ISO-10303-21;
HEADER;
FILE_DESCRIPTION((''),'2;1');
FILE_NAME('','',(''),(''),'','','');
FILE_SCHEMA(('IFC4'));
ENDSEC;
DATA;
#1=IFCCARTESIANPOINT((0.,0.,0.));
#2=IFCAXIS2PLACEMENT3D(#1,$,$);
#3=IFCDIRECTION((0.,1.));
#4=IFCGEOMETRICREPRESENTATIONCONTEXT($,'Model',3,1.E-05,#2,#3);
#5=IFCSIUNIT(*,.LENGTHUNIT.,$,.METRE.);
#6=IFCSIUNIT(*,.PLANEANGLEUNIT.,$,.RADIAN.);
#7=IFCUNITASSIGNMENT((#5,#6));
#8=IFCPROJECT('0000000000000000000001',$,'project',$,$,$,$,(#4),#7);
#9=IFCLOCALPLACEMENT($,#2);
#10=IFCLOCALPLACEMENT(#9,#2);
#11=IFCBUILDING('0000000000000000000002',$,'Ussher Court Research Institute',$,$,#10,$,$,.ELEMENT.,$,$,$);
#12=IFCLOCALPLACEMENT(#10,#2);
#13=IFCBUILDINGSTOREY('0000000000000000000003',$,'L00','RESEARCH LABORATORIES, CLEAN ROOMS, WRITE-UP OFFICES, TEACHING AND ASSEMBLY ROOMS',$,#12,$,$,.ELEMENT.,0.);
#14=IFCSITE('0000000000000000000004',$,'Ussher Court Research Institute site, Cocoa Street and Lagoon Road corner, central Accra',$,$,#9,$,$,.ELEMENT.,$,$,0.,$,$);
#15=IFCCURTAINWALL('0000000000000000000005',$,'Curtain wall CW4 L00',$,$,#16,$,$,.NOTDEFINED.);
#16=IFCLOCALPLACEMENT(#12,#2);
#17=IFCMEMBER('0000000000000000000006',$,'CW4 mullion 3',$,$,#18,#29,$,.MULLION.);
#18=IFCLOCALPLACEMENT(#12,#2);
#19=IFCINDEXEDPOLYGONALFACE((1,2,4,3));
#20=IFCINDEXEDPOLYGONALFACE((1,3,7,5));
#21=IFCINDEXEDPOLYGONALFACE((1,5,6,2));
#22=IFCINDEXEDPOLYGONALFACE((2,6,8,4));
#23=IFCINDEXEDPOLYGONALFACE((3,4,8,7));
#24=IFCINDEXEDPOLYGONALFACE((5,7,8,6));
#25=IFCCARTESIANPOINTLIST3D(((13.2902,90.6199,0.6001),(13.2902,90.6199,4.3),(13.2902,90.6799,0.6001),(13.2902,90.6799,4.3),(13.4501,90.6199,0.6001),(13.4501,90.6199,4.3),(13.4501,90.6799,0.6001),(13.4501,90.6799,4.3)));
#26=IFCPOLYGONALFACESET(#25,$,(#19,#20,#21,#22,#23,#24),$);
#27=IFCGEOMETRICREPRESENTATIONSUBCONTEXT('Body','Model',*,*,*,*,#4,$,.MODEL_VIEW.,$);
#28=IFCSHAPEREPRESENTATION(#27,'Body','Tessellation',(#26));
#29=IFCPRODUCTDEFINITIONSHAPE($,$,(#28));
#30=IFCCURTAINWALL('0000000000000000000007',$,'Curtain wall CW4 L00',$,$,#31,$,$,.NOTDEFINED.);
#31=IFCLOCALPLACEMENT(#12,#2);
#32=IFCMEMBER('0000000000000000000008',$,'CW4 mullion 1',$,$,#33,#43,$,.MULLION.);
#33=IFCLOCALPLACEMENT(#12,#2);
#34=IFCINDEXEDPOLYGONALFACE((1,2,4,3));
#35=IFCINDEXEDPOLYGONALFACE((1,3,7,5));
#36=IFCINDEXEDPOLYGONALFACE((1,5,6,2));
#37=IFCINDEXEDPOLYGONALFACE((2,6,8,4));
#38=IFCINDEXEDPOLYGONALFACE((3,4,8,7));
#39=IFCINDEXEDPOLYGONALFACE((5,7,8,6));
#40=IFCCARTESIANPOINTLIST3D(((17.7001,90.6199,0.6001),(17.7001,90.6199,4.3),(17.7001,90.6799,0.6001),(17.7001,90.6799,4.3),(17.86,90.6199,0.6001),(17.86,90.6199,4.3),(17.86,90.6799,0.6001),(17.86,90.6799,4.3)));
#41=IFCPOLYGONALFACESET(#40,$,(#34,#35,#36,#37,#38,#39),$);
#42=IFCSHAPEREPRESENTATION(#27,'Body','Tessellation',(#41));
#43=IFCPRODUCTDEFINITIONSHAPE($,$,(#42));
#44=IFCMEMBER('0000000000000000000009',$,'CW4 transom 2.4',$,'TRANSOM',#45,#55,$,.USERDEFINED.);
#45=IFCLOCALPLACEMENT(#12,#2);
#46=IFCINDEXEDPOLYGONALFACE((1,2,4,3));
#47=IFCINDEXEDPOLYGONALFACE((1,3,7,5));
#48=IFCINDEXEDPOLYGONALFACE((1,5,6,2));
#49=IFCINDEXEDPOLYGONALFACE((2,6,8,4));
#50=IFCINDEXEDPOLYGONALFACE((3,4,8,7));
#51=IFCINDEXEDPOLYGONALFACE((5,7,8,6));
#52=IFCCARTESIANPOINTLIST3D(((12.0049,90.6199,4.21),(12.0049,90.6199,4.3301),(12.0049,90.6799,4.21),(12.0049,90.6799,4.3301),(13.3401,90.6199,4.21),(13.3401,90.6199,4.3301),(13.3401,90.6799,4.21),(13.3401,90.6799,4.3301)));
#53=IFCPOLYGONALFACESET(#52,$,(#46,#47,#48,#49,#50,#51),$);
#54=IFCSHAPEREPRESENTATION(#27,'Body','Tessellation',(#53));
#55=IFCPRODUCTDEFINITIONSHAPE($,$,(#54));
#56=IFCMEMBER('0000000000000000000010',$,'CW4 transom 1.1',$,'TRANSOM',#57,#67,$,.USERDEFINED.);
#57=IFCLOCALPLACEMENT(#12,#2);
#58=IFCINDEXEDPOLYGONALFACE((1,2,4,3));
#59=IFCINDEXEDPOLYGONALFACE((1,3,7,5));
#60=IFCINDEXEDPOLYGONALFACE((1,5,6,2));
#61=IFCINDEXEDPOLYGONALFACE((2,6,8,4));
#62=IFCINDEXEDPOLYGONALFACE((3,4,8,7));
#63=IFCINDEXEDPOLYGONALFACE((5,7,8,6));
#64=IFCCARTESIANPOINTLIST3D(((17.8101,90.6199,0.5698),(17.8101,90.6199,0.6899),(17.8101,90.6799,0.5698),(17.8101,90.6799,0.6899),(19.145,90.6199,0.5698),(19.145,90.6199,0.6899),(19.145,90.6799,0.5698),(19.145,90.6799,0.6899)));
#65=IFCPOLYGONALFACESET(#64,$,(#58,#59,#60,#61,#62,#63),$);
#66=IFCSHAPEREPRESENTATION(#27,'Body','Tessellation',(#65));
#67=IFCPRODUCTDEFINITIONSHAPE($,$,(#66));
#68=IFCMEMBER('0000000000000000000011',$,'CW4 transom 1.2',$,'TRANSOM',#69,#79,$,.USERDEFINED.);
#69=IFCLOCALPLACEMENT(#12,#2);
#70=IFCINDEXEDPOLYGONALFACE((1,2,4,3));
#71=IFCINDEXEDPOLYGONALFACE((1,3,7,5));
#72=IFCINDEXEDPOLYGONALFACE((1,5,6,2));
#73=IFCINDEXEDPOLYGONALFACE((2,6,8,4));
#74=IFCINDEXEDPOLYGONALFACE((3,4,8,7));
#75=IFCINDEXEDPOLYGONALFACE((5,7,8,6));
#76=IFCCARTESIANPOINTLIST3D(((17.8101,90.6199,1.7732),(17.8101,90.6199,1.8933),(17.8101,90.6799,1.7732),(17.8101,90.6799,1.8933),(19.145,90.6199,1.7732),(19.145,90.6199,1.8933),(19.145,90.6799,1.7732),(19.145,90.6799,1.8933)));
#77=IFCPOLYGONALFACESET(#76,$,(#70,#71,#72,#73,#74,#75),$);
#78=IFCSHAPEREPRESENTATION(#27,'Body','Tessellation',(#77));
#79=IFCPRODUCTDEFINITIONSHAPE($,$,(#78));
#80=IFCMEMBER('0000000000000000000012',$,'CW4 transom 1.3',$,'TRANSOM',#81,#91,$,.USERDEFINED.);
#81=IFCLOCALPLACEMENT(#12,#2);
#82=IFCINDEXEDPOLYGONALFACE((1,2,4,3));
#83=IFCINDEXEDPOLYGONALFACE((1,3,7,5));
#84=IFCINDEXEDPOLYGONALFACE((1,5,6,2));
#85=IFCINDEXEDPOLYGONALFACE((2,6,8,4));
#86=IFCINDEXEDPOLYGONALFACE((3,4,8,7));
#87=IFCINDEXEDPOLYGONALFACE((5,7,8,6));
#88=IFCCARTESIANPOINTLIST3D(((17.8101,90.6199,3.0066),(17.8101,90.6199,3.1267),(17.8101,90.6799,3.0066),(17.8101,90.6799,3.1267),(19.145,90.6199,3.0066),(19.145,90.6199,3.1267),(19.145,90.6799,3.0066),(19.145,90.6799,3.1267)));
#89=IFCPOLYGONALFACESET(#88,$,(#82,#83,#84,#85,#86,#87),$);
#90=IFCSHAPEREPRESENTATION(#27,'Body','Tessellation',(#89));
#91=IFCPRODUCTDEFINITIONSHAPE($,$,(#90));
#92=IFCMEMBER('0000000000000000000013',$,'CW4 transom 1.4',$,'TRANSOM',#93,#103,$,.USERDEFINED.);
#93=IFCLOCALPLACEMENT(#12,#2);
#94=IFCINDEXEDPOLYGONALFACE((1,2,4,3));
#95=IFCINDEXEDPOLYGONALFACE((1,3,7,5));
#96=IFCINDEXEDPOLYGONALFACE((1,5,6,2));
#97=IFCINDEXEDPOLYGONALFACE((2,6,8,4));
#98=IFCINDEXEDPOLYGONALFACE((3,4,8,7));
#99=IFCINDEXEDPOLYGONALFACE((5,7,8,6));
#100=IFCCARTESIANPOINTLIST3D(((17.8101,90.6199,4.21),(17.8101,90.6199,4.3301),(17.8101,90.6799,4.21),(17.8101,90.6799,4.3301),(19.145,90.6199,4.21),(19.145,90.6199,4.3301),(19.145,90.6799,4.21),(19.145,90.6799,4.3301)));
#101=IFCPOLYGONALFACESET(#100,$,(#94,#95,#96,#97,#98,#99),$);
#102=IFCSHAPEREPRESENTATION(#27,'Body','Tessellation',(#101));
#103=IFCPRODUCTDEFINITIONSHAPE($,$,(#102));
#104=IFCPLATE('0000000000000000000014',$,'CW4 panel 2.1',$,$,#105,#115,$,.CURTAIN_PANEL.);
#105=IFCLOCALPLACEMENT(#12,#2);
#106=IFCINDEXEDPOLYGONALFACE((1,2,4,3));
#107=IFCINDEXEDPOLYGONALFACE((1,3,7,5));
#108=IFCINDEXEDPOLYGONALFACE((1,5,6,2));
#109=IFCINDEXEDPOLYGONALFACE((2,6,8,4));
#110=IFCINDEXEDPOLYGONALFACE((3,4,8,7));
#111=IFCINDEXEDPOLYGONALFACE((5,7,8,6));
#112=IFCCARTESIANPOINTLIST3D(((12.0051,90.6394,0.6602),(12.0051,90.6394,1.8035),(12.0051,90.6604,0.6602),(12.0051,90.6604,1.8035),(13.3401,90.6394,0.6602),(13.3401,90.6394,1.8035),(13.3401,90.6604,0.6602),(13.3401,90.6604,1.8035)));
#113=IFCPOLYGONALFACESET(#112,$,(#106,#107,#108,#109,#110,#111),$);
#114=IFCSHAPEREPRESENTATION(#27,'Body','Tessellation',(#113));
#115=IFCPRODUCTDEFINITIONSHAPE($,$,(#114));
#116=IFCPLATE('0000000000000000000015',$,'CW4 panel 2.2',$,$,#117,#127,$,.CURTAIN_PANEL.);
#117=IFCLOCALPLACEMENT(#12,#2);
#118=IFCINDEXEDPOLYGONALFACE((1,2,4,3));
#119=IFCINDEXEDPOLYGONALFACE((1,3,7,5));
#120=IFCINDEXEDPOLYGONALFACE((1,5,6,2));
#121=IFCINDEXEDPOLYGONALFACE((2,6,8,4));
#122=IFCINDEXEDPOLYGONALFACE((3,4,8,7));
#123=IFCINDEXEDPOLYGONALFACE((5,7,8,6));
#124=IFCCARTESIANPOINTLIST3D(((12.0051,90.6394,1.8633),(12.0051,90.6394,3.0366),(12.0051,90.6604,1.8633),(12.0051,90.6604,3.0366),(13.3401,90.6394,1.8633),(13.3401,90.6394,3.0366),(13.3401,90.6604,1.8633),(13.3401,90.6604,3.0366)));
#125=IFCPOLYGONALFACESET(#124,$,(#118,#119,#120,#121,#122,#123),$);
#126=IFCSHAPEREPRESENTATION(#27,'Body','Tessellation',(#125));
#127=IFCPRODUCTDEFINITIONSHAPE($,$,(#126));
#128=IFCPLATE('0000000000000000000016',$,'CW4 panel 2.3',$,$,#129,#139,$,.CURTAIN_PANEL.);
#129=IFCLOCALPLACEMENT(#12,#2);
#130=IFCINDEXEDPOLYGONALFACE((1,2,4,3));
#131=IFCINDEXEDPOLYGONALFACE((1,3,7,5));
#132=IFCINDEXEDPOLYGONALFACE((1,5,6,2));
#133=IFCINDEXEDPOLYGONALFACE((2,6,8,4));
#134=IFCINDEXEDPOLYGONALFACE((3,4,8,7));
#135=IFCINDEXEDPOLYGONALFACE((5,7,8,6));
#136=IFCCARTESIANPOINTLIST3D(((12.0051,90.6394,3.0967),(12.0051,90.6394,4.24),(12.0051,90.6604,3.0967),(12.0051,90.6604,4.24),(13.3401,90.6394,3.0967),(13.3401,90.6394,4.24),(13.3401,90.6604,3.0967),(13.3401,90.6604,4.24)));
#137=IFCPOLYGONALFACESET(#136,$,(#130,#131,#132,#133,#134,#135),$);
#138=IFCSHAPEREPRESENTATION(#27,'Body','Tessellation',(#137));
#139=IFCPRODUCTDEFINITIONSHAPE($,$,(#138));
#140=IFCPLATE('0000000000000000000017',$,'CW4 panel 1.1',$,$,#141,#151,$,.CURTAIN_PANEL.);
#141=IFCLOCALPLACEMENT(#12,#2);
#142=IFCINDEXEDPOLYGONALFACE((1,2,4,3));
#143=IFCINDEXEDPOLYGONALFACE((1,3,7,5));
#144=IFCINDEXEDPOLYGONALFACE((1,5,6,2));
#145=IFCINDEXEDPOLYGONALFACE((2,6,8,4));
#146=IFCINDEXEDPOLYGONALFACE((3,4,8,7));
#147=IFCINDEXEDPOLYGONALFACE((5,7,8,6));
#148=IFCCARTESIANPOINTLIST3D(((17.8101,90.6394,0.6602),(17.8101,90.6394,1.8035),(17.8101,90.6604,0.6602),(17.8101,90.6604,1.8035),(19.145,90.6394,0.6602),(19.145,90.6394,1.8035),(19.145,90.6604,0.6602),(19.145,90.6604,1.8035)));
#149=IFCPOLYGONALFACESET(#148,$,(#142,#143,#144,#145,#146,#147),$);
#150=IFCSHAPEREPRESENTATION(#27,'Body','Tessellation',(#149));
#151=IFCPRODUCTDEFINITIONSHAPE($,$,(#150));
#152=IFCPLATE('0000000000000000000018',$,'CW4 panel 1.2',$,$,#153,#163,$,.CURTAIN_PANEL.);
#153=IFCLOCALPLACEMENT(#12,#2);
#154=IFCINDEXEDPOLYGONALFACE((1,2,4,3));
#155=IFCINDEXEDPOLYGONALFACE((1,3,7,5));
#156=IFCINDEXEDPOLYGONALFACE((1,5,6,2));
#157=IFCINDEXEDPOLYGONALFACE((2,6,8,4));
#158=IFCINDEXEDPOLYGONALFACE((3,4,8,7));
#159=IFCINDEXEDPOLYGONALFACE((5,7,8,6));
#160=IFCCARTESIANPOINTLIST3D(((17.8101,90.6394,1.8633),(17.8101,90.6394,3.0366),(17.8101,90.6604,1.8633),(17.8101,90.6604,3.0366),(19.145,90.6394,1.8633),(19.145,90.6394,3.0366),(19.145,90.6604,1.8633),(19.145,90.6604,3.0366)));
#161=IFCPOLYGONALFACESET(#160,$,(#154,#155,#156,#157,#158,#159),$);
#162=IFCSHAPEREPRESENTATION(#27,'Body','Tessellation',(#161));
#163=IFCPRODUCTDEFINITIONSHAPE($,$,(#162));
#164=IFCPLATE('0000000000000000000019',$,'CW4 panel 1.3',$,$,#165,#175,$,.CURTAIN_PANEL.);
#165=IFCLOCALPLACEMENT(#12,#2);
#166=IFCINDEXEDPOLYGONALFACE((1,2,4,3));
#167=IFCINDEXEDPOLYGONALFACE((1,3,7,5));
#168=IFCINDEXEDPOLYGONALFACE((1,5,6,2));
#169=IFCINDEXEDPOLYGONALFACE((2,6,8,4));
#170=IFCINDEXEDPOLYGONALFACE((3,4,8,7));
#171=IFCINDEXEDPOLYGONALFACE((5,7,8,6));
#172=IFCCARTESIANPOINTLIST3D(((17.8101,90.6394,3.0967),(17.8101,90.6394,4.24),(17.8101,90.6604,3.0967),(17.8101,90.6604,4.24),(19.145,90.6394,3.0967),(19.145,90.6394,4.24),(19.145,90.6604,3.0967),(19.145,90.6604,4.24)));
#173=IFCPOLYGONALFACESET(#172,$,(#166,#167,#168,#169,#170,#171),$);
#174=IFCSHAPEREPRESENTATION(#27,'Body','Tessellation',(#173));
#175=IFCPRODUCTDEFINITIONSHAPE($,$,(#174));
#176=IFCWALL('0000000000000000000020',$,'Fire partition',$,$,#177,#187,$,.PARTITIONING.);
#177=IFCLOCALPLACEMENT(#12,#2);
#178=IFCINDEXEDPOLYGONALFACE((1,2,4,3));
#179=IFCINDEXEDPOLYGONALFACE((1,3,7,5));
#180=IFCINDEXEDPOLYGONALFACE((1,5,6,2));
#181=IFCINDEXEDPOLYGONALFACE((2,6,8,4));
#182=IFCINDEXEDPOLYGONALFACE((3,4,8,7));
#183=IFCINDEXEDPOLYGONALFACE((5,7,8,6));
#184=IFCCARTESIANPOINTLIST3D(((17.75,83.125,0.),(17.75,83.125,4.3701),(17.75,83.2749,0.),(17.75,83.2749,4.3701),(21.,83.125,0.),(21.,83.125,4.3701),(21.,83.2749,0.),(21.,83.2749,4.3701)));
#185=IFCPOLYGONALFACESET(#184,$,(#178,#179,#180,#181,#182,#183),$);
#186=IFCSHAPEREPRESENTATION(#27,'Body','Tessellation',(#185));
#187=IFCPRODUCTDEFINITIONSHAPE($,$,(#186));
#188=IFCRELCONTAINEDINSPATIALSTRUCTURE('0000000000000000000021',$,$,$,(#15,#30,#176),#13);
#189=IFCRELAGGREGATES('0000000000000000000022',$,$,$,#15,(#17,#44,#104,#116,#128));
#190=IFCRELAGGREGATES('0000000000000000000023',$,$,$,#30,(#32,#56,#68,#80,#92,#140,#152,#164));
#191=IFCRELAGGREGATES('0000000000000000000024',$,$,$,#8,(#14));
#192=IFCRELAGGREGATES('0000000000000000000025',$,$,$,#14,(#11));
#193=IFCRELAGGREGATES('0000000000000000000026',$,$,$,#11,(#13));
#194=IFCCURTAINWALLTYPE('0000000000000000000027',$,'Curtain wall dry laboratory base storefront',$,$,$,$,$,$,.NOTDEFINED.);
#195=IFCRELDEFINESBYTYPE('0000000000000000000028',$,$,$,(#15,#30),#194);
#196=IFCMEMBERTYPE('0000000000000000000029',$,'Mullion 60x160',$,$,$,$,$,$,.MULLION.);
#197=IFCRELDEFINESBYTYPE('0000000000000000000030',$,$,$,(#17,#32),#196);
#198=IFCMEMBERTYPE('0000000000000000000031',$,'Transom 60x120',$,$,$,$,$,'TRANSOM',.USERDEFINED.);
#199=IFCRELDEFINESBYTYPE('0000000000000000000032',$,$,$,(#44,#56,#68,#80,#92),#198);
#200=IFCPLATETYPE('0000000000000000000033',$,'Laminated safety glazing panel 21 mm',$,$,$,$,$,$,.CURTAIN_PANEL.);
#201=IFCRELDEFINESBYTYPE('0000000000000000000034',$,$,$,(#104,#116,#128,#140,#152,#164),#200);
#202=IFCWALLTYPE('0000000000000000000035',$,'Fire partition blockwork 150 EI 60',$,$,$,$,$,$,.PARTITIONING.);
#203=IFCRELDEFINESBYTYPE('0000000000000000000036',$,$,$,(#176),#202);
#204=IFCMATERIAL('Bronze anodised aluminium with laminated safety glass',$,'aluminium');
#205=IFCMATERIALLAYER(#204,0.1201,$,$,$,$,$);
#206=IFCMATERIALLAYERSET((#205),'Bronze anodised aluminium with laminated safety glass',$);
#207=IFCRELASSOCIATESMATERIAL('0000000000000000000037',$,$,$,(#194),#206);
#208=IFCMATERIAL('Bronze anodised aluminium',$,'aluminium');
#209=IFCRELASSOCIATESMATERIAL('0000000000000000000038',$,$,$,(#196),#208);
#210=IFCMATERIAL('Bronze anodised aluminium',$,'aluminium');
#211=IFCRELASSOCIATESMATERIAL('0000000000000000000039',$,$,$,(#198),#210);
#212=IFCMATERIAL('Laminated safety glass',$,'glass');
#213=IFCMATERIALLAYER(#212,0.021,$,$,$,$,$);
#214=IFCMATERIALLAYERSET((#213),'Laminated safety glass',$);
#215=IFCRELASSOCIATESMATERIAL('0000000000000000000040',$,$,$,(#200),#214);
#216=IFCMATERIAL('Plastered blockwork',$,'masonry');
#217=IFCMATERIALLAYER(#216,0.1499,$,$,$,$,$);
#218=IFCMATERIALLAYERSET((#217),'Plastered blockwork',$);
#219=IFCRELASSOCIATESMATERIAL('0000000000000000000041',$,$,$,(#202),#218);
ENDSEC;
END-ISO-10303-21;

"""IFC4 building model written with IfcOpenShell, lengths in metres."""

from ifc_helpers import new_model, si_unit, direction, frame, frame_2d, origin, origin_2d, place, context, subcontext, project, spatial, rectangle, extrude, material, layer, layer_set, material_profile, profile_set, type_object, element, aggregate, save


model = new_model("IFC4")

# Units and contexts
model_context = context("Model", 3, precision=1e-05, world=origin(), true_north=direction((0.0, 1.0)))
body_context = subcontext(model_context, "Body", "Model", "MODEL_VIEW")
ifc_project = project(units=[si_unit("LENGTHUNIT", "METRE"), si_unit("PLANEANGLEUNIT", "RADIAN")], contexts=[model_context])

# Site, building, storey
site_placement = place(None, origin())
site = spatial("IfcSite", under=ifc_project, at=site_placement, Name="Ussher Court Research Institute site, Cocoa Street and Lagoon Road corner, central Accra", CompositionType="ELEMENT", RefElevation=0.0)
building_placement = place(site_placement, origin())
building = spatial("IfcBuilding", under=site, at=building_placement, Name="Ussher Court Research Institute", CompositionType="ELEMENT")
storey_placement = place(building_placement, origin())
storey = spatial("IfcBuildingStorey", under=building, at=storey_placement, Name="L00", Description="RESEARCH LABORATORIES, CLEAN ROOMS, WRITE-UP OFFICES, TEACHING AND ASSEMBLY ROOMS", CompositionType="ELEMENT", Elevation=0.0)

# Curtain walls, members
ifc_material_1 = material(Name="Bronze anodised aluminium with laminated safety glass", Category="aluminium")
ifc_layer_1 = layer(ifc_material_1, 0.1201)
ifc_layer_set_1 = layer_set([ifc_layer_1], Name="Bronze anodised aluminium with laminated safety glass")
curtain_wall_type = type_object("IfcCurtainWallType", Name="Curtain wall dry laboratory base storefront", PredefinedType="NOTDEFINED", material=ifc_layer_set_1)
curtain_wall_1_placement = place(storey_placement, origin())
curtain_wall_1 = element("IfcCurtainWall", 1, at=curtain_wall_1_placement, inside=storey, type_object=curtain_wall_type, Name="Curtain wall CW4 L00", PredefinedType="NOTDEFINED")
ifc_material_2 = material(Name="Bronze anodised aluminium", Category="aluminium")
ifc_material_profile_1 = material_profile(ifc_material_2, rectangle(XDim=0.0601, YDim=0.1599, at=origin_2d()), Name="Mullion 60x160")
ifc_profile_set_1 = profile_set([ifc_material_profile_1], Name="Bronze anodised aluminium")
member_type_1 = type_object("IfcMemberType", Name="Mullion 60x160", PredefinedType="MULLION", material=ifc_profile_set_1)
member_1_placement = place(storey_placement, frame((13.3701, 90.6499, 0.6001), z_axis=(0.0, 0.0, 1.0), x_axis=(0.0, 1.0, 0.0)))
member_1 = element("IfcMember", 2, at=member_1_placement, type_object=member_type_1, Name="CW4 mullion 3", PredefinedType="MULLION", context=body_context, shape_type="SweptSolid", body=[
    extrude(rectangle(XDim=0.0601, YDim=0.1599, at=origin_2d()), origin(), (0.0, 0.0, 1.0), 3.7),
])
curtain_wall_2_placement = place(storey_placement, origin())
curtain_wall_2 = element("IfcCurtainWall", 3, at=curtain_wall_2_placement, inside=storey, type_object=curtain_wall_type, Name="Curtain wall CW4 L00", PredefinedType="NOTDEFINED")
member_2_placement = place(storey_placement, frame((17.78, 90.6499, 0.6001), z_axis=(0.0, 0.0, 1.0), x_axis=(0.0, 1.0, 0.0)))
member_2 = element("IfcMember", 4, at=member_2_placement, type_object=member_type_1, Name="CW4 mullion 1", PredefinedType="MULLION", context=body_context, shape_type="SweptSolid", body=[
    extrude(rectangle(XDim=0.0601, YDim=0.1599, at=origin_2d()), origin(), (0.0, 0.0, 1.0), 3.7),
])

# Members
ifc_material_3 = material(Name="Bronze anodised aluminium", Category="aluminium")
ifc_material_profile_2 = material_profile(ifc_material_3, rectangle(XDim=0.0601, YDim=0.1201, at=origin_2d()), Name="Transom 60x120")
ifc_profile_set_2 = profile_set([ifc_material_profile_2], Name="Bronze anodised aluminium")
member_type_2 = type_object("IfcMemberType", Name="Transom 60x120", ElementType="TRANSOM", PredefinedType="USERDEFINED", material=ifc_profile_set_2)
member_3_placement = place(storey_placement, frame((12.0049, 90.6499, 4.27), z_axis=(1.0, 0.0, 0.0), x_axis=(0.0, 1.0, 0.0)))
member_3 = element("IfcMember", 5, at=member_3_placement, type_object=member_type_2, Name="CW4 transom 2.4", ObjectType="TRANSOM", PredefinedType="USERDEFINED", context=body_context, shape_type="SweptSolid", body=[
    extrude(rectangle(XDim=0.0601, YDim=0.1201, at=origin_2d()), origin(), (0.0, 0.0, 1.0), 1.3352),
])
member_4_placement = place(storey_placement, frame((17.8101, 90.6499, 0.6299), z_axis=(1.0, 0.0, 0.0), x_axis=(0.0, 1.0, 0.0)))
member_4 = element("IfcMember", 6, at=member_4_placement, type_object=member_type_2, Name="CW4 transom 1.1", ObjectType="TRANSOM", PredefinedType="USERDEFINED", context=body_context, shape_type="SweptSolid", body=[
    extrude(rectangle(XDim=0.0601, YDim=0.1201, at=origin_2d()), origin(), (0.0, 0.0, 1.0), 1.335),
])
member_5_placement = place(storey_placement, frame((17.8101, 90.6499, 1.8333), z_axis=(1.0, 0.0, 0.0), x_axis=(0.0, 1.0, 0.0)))
member_5 = element("IfcMember", 7, at=member_5_placement, type_object=member_type_2, Name="CW4 transom 1.2", ObjectType="TRANSOM", PredefinedType="USERDEFINED", context=body_context, shape_type="SweptSolid", body=[
    extrude(rectangle(XDim=0.0601, YDim=0.1201, at=origin_2d()), origin(), (0.0, 0.0, 1.0), 1.335),
])
member_6_placement = place(storey_placement, frame((17.8101, 90.6499, 3.0667), z_axis=(1.0, 0.0, 0.0), x_axis=(0.0, 1.0, 0.0)))
member_6 = element("IfcMember", 8, at=member_6_placement, type_object=member_type_2, Name="CW4 transom 1.3", ObjectType="TRANSOM", PredefinedType="USERDEFINED", context=body_context, shape_type="SweptSolid", body=[
    extrude(rectangle(XDim=0.0601, YDim=0.1201, at=origin_2d()), origin(), (0.0, 0.0, 1.0), 1.335),
])
member_7_placement = place(storey_placement, frame((17.8101, 90.6499, 4.27), z_axis=(1.0, 0.0, 0.0), x_axis=(0.0, 1.0, 0.0)))
member_7 = element("IfcMember", 9, at=member_7_placement, type_object=member_type_2, Name="CW4 transom 1.4", ObjectType="TRANSOM", PredefinedType="USERDEFINED", context=body_context, shape_type="SweptSolid", body=[
    extrude(rectangle(XDim=0.0601, YDim=0.1201, at=origin_2d()), origin(), (0.0, 0.0, 1.0), 1.335),
])

# Plates
ifc_material_4 = material(Name="Laminated safety glass", Category="glass")
ifc_layer_2 = layer(ifc_material_4, 0.021)
ifc_layer_set_2 = layer_set([ifc_layer_2], Name="Laminated safety glass")
plate_type = type_object("IfcPlateType", Name="Laminated safety glazing panel 21 mm", PredefinedType="CURTAIN_PANEL", material=ifc_layer_set_2)
plate_1_placement = place(storey_placement, frame((12.6726, 90.6499, 0.6602), z_axis=(0.0, 0.0, 1.0), x_axis=(1.0, 0.0, 0.0)))
plate_1 = element("IfcPlate", 10, at=plate_1_placement, type_object=plate_type, Name="CW4 panel 2.1", PredefinedType="CURTAIN_PANEL", context=body_context, shape_type="SweptSolid", body=[
    extrude(rectangle(XDim=1.335, YDim=0.021, at=origin_2d()), origin(), (0.0, 0.0, 1.0), 1.1433),
])
plate_2_placement = place(storey_placement, frame((12.6726, 90.6499, 1.8633), z_axis=(0.0, 0.0, 1.0), x_axis=(1.0, 0.0, 0.0)))
plate_2 = element("IfcPlate", 11, at=plate_2_placement, type_object=plate_type, Name="CW4 panel 2.2", PredefinedType="CURTAIN_PANEL", context=body_context, shape_type="SweptSolid", body=[
    extrude(rectangle(XDim=1.335, YDim=0.021, at=origin_2d()), origin(), (0.0, 0.0, 1.0), 1.1733),
])
plate_3_placement = place(storey_placement, frame((12.6726, 90.6499, 3.0967), z_axis=(0.0, 0.0, 1.0), x_axis=(1.0, 0.0, 0.0)))
plate_3 = element("IfcPlate", 12, at=plate_3_placement, type_object=plate_type, Name="CW4 panel 2.3", PredefinedType="CURTAIN_PANEL", context=body_context, shape_type="SweptSolid", body=[
    extrude(rectangle(XDim=1.335, YDim=0.021, at=origin_2d()), origin(), (0.0, 0.0, 1.0), 1.1433),
])
aggregate(curtain_wall_1, [member_1, member_3, plate_1, plate_2, plate_3])
plate_4_placement = place(storey_placement, frame((18.4775, 90.6499, 0.6602), z_axis=(0.0, 0.0, 1.0), x_axis=(1.0, 0.0, 0.0)))
plate_4 = element("IfcPlate", 13, at=plate_4_placement, type_object=plate_type, Name="CW4 panel 1.1", PredefinedType="CURTAIN_PANEL", context=body_context, shape_type="SweptSolid", body=[
    extrude(rectangle(XDim=1.335, YDim=0.021, at=origin_2d()), origin(), (0.0, 0.0, 1.0), 1.1433),
])
plate_5_placement = place(storey_placement, frame((18.4775, 90.6499, 1.8633), z_axis=(0.0, 0.0, 1.0), x_axis=(1.0, 0.0, 0.0)))
plate_5 = element("IfcPlate", 14, at=plate_5_placement, type_object=plate_type, Name="CW4 panel 1.2", PredefinedType="CURTAIN_PANEL", context=body_context, shape_type="SweptSolid", body=[
    extrude(rectangle(XDim=1.335, YDim=0.021, at=origin_2d()), origin(), (0.0, 0.0, 1.0), 1.1733),
])
plate_6_placement = place(storey_placement, frame((18.4775, 90.6499, 3.0967), z_axis=(0.0, 0.0, 1.0), x_axis=(1.0, 0.0, 0.0)))
plate_6 = element("IfcPlate", 15, at=plate_6_placement, type_object=plate_type, Name="CW4 panel 1.3", PredefinedType="CURTAIN_PANEL", context=body_context, shape_type="SweptSolid", body=[
    extrude(rectangle(XDim=1.335, YDim=0.021, at=origin_2d()), origin(), (0.0, 0.0, 1.0), 1.1433),
])
aggregate(curtain_wall_2, [member_2, member_4, member_5, member_6, member_7, plate_4, plate_5, plate_6])

# Wall
ifc_material_5 = material(Name="Plastered blockwork", Category="masonry")
ifc_layer_3 = layer(ifc_material_5, 0.1499)
ifc_layer_set_3 = layer_set([ifc_layer_3], Name="Plastered blockwork")
wall_type_1 = type_object("IfcWallType", Name="Fire partition blockwork 150 EI 60", PredefinedType="PARTITIONING", material=ifc_layer_set_3)
wall_1_placement = place(storey_placement, frame((17.75, 83.2, 0.0), z_axis=(0.0, 0.0, 1.0), x_axis=(1.0, 0.0, 0.0)))
element("IfcWall", 16, at=wall_1_placement, inside=storey, type_object=wall_type_1, Name="Fire partition", PredefinedType="PARTITIONING", context=body_context, shape_type="SweptSolid", body=[
    extrude(rectangle(XDim=3.25, YDim=0.1499, at=frame_2d((1.625, 0.0))), origin(), (0.0, 0.0, 1.0), 4.3701),
])

save(model, "model.ifc")
